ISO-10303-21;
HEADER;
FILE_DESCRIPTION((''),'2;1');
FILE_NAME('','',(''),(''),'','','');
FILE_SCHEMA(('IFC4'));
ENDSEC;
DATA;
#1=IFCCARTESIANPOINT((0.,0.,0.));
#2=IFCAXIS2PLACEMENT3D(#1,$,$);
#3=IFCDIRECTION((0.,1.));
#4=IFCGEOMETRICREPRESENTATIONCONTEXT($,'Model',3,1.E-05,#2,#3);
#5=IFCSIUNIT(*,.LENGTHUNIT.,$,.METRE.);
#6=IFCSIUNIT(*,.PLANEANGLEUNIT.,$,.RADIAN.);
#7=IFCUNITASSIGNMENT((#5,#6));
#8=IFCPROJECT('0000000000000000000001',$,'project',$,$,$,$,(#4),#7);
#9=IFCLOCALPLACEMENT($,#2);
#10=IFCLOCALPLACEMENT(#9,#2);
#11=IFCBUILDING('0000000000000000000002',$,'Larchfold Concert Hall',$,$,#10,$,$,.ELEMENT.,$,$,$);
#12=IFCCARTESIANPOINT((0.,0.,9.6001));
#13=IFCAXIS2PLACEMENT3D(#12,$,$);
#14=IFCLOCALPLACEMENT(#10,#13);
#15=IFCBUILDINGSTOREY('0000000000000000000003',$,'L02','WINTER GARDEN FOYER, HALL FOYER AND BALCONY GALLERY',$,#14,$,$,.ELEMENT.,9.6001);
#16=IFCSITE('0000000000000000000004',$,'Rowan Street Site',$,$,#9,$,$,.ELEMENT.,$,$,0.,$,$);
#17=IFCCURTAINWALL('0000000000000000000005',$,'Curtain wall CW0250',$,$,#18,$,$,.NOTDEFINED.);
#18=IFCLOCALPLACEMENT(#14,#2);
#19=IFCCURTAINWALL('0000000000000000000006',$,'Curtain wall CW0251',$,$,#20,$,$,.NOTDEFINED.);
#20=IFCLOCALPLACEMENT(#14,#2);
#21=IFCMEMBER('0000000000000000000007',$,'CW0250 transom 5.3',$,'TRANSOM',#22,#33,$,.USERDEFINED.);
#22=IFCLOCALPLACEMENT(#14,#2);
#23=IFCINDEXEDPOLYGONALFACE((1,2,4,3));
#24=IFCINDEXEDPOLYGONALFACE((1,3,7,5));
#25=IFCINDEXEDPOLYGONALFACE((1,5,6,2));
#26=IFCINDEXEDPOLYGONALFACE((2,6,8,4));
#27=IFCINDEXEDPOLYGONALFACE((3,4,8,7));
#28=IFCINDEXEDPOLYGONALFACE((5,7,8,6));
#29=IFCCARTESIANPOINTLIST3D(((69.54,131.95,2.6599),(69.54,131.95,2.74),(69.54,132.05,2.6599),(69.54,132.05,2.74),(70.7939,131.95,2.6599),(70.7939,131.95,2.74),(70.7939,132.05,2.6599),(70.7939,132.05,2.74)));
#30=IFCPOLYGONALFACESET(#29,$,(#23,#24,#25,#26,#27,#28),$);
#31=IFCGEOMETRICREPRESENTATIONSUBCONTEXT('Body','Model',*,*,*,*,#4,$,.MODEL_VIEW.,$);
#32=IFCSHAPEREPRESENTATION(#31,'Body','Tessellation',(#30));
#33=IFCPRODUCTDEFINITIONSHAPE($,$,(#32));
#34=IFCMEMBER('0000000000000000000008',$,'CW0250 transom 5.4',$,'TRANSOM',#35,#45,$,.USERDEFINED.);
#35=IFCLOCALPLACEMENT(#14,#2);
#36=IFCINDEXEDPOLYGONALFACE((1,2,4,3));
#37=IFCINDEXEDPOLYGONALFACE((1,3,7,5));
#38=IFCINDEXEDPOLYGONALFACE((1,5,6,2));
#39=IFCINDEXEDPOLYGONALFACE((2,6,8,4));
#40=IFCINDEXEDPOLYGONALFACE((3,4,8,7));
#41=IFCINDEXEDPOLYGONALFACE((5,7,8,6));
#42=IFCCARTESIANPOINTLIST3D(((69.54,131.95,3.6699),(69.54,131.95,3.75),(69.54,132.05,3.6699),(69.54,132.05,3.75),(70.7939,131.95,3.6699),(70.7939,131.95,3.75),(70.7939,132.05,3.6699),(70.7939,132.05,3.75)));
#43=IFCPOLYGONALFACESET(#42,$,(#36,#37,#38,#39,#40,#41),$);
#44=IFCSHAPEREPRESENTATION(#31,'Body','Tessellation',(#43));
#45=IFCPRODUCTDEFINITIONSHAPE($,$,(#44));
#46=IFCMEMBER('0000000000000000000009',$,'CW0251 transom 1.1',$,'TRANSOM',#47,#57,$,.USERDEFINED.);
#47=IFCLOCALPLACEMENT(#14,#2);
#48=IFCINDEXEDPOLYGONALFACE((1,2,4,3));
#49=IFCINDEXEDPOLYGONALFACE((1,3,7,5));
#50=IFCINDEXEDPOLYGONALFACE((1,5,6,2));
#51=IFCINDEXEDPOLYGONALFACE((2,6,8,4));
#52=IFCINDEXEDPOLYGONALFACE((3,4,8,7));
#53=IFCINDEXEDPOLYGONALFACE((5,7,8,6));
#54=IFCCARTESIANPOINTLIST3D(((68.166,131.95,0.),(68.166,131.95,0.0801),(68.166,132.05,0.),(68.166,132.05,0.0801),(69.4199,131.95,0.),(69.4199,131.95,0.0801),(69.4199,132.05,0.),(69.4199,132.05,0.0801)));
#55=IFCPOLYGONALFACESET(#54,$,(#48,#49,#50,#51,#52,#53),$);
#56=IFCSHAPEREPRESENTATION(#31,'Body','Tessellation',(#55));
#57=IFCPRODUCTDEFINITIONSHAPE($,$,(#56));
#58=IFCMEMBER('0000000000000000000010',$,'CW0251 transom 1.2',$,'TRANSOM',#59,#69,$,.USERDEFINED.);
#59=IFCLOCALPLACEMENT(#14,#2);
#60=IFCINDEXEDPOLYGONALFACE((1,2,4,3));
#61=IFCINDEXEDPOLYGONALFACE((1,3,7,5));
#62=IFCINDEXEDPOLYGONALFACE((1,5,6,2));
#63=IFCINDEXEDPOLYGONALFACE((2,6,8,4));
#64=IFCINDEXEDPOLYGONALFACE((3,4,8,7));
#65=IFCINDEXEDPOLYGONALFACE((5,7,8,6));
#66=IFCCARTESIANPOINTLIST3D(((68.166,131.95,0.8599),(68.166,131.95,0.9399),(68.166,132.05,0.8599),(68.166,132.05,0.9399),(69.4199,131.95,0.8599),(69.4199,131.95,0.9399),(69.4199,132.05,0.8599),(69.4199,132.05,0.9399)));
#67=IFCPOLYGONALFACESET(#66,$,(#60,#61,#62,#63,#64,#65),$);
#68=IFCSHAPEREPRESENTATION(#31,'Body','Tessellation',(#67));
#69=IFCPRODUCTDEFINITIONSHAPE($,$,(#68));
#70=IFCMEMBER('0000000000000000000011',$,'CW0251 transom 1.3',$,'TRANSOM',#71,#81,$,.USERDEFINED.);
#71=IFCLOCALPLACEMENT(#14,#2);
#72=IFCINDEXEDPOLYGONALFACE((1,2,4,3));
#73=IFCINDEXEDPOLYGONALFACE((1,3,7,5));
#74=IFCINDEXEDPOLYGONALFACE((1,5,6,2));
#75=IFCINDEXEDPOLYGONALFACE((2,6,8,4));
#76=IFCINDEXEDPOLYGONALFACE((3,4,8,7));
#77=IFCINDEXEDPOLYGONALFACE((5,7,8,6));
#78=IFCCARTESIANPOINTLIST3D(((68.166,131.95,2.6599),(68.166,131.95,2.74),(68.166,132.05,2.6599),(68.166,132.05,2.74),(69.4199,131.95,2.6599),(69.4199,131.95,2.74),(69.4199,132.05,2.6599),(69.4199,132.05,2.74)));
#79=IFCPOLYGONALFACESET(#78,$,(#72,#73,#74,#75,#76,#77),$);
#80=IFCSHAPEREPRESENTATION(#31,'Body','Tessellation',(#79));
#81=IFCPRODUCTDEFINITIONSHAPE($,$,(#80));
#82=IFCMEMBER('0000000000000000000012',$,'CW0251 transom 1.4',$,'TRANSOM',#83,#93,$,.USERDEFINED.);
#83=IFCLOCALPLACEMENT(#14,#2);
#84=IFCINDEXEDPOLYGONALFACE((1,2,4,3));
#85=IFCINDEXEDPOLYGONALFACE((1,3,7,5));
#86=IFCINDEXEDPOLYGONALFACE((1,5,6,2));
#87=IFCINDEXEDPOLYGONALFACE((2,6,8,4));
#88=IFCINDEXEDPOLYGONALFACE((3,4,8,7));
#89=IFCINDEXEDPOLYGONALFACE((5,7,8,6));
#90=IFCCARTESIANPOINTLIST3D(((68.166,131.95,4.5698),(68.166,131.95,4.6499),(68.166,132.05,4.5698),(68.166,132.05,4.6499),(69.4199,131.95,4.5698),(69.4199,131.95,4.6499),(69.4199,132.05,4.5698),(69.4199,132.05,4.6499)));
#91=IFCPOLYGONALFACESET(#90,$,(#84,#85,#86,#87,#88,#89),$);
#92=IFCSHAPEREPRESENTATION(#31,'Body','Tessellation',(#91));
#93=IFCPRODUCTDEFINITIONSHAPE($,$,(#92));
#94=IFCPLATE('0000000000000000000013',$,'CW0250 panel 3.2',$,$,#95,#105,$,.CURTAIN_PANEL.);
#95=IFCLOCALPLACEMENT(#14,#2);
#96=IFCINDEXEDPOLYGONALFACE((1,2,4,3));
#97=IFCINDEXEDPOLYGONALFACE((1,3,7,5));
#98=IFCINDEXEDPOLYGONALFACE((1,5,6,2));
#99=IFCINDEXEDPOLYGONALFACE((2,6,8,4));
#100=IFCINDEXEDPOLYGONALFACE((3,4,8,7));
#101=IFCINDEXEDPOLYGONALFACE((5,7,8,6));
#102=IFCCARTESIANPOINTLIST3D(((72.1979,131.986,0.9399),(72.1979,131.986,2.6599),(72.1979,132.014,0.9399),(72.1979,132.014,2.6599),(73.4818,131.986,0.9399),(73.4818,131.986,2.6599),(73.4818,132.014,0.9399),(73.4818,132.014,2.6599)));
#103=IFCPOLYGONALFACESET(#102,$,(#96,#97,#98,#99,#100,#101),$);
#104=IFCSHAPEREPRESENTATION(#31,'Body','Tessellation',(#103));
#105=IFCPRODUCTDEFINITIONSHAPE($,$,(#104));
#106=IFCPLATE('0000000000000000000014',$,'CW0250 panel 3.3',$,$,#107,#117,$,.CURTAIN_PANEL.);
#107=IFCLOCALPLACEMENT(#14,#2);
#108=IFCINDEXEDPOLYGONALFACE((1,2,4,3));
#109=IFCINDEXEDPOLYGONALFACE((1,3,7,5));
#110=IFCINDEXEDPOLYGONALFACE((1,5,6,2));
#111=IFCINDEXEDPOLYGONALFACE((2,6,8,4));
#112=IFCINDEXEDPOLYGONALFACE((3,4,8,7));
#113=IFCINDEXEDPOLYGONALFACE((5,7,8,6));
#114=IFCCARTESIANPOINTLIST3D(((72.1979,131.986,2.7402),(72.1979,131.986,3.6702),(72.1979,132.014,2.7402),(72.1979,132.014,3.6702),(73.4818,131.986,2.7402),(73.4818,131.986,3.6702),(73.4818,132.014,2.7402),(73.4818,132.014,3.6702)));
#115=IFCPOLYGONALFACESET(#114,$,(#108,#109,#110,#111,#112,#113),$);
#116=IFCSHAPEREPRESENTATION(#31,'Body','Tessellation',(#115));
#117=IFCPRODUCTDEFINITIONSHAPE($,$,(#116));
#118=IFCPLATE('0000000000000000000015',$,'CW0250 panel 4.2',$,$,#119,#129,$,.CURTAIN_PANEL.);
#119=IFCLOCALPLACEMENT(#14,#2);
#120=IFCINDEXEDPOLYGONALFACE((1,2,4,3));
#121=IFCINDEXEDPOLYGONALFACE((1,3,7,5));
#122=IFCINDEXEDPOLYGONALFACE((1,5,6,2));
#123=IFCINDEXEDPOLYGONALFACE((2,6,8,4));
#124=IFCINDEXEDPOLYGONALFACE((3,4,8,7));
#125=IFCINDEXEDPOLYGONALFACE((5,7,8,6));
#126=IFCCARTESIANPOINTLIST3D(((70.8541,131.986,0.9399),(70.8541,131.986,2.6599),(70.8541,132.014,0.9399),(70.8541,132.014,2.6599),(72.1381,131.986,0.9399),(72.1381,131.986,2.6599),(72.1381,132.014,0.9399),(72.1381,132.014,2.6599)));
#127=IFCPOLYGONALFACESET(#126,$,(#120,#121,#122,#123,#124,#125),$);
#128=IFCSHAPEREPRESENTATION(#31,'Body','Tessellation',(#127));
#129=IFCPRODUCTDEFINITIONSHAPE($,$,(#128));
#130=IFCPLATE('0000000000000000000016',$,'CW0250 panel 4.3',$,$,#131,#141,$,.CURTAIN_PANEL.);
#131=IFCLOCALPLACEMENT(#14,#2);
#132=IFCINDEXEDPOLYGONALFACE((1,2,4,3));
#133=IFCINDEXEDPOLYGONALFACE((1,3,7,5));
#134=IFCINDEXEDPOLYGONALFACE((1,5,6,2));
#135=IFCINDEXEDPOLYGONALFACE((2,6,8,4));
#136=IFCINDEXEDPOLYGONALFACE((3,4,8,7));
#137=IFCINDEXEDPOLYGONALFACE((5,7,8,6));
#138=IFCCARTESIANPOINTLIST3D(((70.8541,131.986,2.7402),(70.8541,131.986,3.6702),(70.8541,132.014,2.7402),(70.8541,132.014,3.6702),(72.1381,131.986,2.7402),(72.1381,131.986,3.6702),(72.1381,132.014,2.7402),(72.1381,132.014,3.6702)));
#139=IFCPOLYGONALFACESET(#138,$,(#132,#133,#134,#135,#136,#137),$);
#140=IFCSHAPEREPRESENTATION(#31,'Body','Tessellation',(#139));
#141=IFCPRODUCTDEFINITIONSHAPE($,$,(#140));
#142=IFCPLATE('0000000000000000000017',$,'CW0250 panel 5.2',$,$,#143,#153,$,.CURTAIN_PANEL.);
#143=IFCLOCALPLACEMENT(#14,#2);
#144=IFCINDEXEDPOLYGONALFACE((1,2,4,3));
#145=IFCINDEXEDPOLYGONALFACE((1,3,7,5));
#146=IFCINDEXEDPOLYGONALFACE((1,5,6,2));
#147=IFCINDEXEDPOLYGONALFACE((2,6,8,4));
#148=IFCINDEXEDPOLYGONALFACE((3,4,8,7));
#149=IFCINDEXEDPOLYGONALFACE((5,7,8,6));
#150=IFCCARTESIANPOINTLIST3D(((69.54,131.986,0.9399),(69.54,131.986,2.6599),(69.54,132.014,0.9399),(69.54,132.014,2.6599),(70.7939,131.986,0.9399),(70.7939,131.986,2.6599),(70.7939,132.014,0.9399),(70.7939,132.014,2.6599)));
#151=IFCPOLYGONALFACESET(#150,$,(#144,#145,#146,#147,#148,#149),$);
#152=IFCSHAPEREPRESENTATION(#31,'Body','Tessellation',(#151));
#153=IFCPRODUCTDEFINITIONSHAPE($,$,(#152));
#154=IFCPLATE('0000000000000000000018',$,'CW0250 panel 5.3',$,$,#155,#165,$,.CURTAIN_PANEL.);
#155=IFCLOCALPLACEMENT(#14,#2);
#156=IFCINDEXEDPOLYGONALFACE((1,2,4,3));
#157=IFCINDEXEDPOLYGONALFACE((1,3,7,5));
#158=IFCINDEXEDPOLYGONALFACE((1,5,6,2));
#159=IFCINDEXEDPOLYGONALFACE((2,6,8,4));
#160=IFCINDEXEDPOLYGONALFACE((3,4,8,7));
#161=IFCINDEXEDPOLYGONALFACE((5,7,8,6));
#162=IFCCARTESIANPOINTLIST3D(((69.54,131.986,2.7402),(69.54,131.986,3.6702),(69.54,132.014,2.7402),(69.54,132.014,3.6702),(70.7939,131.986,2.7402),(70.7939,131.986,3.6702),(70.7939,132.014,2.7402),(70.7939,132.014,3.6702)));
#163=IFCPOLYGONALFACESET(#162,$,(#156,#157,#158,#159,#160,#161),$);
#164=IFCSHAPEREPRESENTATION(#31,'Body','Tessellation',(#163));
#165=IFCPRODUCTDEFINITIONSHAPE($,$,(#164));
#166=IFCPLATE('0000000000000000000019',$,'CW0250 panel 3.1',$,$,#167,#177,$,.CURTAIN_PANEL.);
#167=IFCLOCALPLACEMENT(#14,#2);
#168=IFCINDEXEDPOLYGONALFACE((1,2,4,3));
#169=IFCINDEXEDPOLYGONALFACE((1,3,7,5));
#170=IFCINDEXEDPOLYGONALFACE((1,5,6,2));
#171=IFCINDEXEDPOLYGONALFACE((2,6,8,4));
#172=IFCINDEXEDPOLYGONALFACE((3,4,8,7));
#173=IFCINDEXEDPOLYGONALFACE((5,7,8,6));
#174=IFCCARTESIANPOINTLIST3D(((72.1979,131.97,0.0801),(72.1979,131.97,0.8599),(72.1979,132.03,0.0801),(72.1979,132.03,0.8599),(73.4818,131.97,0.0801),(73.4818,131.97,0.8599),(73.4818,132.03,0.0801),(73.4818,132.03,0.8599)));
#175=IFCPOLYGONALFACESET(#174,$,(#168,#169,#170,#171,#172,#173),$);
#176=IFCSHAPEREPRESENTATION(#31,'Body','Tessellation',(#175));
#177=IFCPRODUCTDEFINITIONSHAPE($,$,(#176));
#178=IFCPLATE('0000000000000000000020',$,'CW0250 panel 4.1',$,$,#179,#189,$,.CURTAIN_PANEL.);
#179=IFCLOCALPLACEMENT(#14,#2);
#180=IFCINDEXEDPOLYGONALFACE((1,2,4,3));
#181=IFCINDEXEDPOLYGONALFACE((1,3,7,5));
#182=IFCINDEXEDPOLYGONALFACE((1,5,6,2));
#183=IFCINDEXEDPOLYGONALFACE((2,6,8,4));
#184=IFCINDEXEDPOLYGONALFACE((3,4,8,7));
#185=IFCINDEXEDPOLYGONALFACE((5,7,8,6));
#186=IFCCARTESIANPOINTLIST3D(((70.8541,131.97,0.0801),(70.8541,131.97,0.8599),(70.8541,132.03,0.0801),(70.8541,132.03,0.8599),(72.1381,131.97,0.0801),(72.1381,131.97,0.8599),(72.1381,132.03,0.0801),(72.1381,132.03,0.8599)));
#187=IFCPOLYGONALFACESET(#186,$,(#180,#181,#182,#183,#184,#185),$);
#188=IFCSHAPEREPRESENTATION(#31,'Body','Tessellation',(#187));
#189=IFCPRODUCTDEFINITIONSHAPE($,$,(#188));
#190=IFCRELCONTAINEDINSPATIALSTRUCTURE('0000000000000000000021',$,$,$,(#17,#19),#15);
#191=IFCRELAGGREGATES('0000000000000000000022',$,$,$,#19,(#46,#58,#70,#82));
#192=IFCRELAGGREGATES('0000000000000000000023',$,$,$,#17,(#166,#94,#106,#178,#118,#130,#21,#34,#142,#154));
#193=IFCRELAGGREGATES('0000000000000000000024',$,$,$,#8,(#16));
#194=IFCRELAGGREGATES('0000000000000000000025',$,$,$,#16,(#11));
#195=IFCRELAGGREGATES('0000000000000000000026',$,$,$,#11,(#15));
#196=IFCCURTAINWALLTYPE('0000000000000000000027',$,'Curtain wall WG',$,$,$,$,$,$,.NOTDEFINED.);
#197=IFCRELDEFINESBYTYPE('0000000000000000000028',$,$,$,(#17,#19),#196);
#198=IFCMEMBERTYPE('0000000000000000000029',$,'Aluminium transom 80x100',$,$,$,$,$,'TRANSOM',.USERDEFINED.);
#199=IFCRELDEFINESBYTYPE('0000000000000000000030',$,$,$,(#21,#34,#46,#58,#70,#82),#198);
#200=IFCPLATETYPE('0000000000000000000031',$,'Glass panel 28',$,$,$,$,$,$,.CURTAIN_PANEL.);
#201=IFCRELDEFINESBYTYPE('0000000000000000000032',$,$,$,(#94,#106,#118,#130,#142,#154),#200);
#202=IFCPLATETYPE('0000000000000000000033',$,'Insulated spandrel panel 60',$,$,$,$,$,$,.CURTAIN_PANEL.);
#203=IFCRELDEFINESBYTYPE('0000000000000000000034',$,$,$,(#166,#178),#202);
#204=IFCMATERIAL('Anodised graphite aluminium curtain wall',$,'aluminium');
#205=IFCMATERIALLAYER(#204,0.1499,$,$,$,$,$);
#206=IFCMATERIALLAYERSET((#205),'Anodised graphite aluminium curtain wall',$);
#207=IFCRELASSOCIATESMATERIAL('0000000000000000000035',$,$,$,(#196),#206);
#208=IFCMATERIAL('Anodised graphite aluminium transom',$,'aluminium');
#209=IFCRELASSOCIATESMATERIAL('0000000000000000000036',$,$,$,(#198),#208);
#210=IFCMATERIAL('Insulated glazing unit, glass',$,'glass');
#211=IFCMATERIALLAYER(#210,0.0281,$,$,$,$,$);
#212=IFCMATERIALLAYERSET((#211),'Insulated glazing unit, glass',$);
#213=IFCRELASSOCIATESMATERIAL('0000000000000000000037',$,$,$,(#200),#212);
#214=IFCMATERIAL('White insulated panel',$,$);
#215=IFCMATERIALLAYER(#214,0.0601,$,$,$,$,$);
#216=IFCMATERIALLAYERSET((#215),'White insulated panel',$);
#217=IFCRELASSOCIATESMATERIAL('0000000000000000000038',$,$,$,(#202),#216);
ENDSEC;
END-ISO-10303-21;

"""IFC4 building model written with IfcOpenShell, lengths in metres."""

from ifc_helpers import new_model, si_unit, direction, frame, origin, origin_2d, place, context, subcontext, project, spatial, rectangle, extrude, material, layer, layer_set, material_profile, profile_set, type_object, element, aggregate, save


model = new_model("IFC4")

# Units and contexts
model_context = context("Model", 3, precision=1e-05, world=origin(), true_north=direction((0.0, 1.0)))
body_context = subcontext(model_context, "Body", "Model", "MODEL_VIEW")
ifc_project = project(units=[si_unit("LENGTHUNIT", "METRE"), si_unit("PLANEANGLEUNIT", "RADIAN")], contexts=[model_context])

# Site, building, storey
site_placement = place(None, origin())
site = spatial("IfcSite", under=ifc_project, at=site_placement, Name="Rowan Street Site", CompositionType="ELEMENT", RefElevation=0.0)
building_placement = place(site_placement, origin())
building = spatial("IfcBuilding", under=site, at=building_placement, Name="Larchfold Concert Hall", CompositionType="ELEMENT")
storey_placement = place(building_placement, frame((0.0, 0.0, 9.6001)))
storey = spatial("IfcBuildingStorey", under=building, at=storey_placement, Name="L02", Description="WINTER GARDEN FOYER, HALL FOYER AND BALCONY GALLERY", CompositionType="ELEMENT", Elevation=9.6001)

# Curtain wall
ifc_material_1 = material(Name="Anodised graphite aluminium curtain wall", Category="aluminium")
ifc_layer_1 = layer(ifc_material_1, 0.1499)
ifc_layer_set_1 = layer_set([ifc_layer_1], Name="Anodised graphite aluminium curtain wall")
curtain_wall_type = type_object("IfcCurtainWallType", Name="Curtain wall WG", PredefinedType="NOTDEFINED", material=ifc_layer_set_1)
curtain_wall_1_placement = place(storey_placement, origin())
curtain_wall_1 = element("IfcCurtainWall", 1, at=curtain_wall_1_placement, inside=storey, type_object=curtain_wall_type, Name="Curtain wall CW0250", PredefinedType="NOTDEFINED")

# Curtain wall
curtain_wall_2_placement = place(storey_placement, origin())
curtain_wall_2 = element("IfcCurtainWall", 2, at=curtain_wall_2_placement, inside=storey, type_object=curtain_wall_type, Name="Curtain wall CW0251", PredefinedType="NOTDEFINED")

# Members
ifc_material_2 = material(Name="Anodised graphite aluminium transom", Category="aluminium")
ifc_material_profile_1 = material_profile(ifc_material_2, rectangle(XDim=0.1001, YDim=0.0801, at=origin_2d()))
ifc_profile_set_1 = profile_set([ifc_material_profile_1], Name="Anodised graphite aluminium transom")
member_type_1 = type_object("IfcMemberType", Name="Aluminium transom 80x100", ElementType="TRANSOM", PredefinedType="USERDEFINED", material=ifc_profile_set_1)
member_1_placement = place(storey_placement, frame((70.7939, 132.0, 2.7), z_axis=(-1.0, 0.0, 0.0), x_axis=(0.0, -1.0, 0.0)))
member_1 = element("IfcMember", 3, at=member_1_placement, type_object=member_type_1, Name="CW0250 transom 5.3", ObjectType="TRANSOM", PredefinedType="USERDEFINED", context=body_context, shape_type="SweptSolid", body=[
    extrude(rectangle(XDim=0.1001, YDim=0.0801, at=origin_2d()), origin(), (0.0, 0.0, 1.0), 1.2539),
])
member_2_placement = place(storey_placement, frame((70.7939, 132.0, 3.71), z_axis=(-1.0, 0.0, 0.0), x_axis=(0.0, -1.0, 0.0)))
member_2 = element("IfcMember", 4, at=member_2_placement, type_object=member_type_1, Name="CW0250 transom 5.4", ObjectType="TRANSOM", PredefinedType="USERDEFINED", context=body_context, shape_type="SweptSolid", body=[
    extrude(rectangle(XDim=0.1001, YDim=0.0801, at=origin_2d()), origin(), (0.0, 0.0, 1.0), 1.2539),
])
member_3_placement = place(storey_placement, frame((69.4199, 132.0, 0.04), z_axis=(-1.0, 0.0, 0.0), x_axis=(0.0, -1.0, 0.0)))
member_3 = element("IfcMember", 5, at=member_3_placement, type_object=member_type_1, Name="CW0251 transom 1.1", ObjectType="TRANSOM", PredefinedType="USERDEFINED", context=body_context, shape_type="SweptSolid", body=[
    extrude(rectangle(XDim=0.1001, YDim=0.0801, at=origin_2d()), origin(), (0.0, 0.0, 1.0), 1.2539),
])
member_4_placement = place(storey_placement, frame((69.4199, 132.0, 0.8999), z_axis=(-1.0, 0.0, 0.0), x_axis=(0.0, -1.0, 0.0)))
member_4 = element("IfcMember", 6, at=member_4_placement, type_object=member_type_1, Name="CW0251 transom 1.2", ObjectType="TRANSOM", PredefinedType="USERDEFINED", context=body_context, shape_type="SweptSolid", body=[
    extrude(rectangle(XDim=0.1001, YDim=0.0801, at=origin_2d()), origin(), (0.0, 0.0, 1.0), 1.2539),
])
member_5_placement = place(storey_placement, frame((69.4199, 132.0, 2.7), z_axis=(-1.0, 0.0, 0.0), x_axis=(0.0, -1.0, 0.0)))
member_5 = element("IfcMember", 7, at=member_5_placement, type_object=member_type_1, Name="CW0251 transom 1.3", ObjectType="TRANSOM", PredefinedType="USERDEFINED", context=body_context, shape_type="SweptSolid", body=[
    extrude(rectangle(XDim=0.1001, YDim=0.0801, at=origin_2d()), origin(), (0.0, 0.0, 1.0), 1.2539),
])
member_6_placement = place(storey_placement, frame((69.4199, 132.0, 4.6099), z_axis=(-1.0, 0.0, 0.0), x_axis=(0.0, -1.0, 0.0)))
member_6 = element("IfcMember", 8, at=member_6_placement, type_object=member_type_1, Name="CW0251 transom 1.4", ObjectType="TRANSOM", PredefinedType="USERDEFINED", context=body_context, shape_type="SweptSolid", body=[
    extrude(rectangle(XDim=0.1001, YDim=0.0801, at=origin_2d()), origin(), (0.0, 0.0, 1.0), 1.2539),
])
aggregate(curtain_wall_2, [member_3, member_4, member_5, member_6])

# Plates
ifc_material_3 = material(Name="Insulated glazing unit, glass", Category="glass")
ifc_layer_2 = layer(ifc_material_3, 0.0281)
ifc_layer_set_2 = layer_set([ifc_layer_2], Name="Insulated glazing unit, glass")
plate_type_1 = type_object("IfcPlateType", Name="Glass panel 28", PredefinedType="CURTAIN_PANEL", material=ifc_layer_set_2)
plate_1_placement = place(storey_placement, frame((72.8398, 132.0, 0.9399), z_axis=(0.0, 0.0, 1.0), x_axis=(-1.0, 0.0, 0.0)))
plate_1 = element("IfcPlate", 9, at=plate_1_placement, type_object=plate_type_1, Name="CW0250 panel 3.2", PredefinedType="CURTAIN_PANEL", context=body_context, shape_type="SweptSolid", body=[
    extrude(rectangle(XDim=1.2839, YDim=0.0281, at=origin_2d()), origin(), (0.0, 0.0, 1.0), 1.72),
])
plate_2_placement = place(storey_placement, frame((72.8398, 132.0, 2.7402), z_axis=(0.0, 0.0, 1.0), x_axis=(-1.0, 0.0, 0.0)))
plate_2 = element("IfcPlate", 10, at=plate_2_placement, type_object=plate_type_1, Name="CW0250 panel 3.3", PredefinedType="CURTAIN_PANEL", context=body_context, shape_type="SweptSolid", body=[
    extrude(rectangle(XDim=1.2839, YDim=0.0281, at=origin_2d()), origin(), (0.0, 0.0, 1.0), 0.9299),
])
plate_3_placement = place(storey_placement, frame((71.4961, 132.0, 0.9399), z_axis=(0.0, 0.0, 1.0), x_axis=(-1.0, 0.0, 0.0)))
plate_3 = element("IfcPlate", 11, at=plate_3_placement, type_object=plate_type_1, Name="CW0250 panel 4.2", PredefinedType="CURTAIN_PANEL", context=body_context, shape_type="SweptSolid", body=[
    extrude(rectangle(XDim=1.2839, YDim=0.0281, at=origin_2d()), origin(), (0.0, 0.0, 1.0), 1.72),
])
plate_4_placement = place(storey_placement, frame((71.4961, 132.0, 2.7402), z_axis=(0.0, 0.0, 1.0), x_axis=(-1.0, 0.0, 0.0)))
plate_4 = element("IfcPlate", 12, at=plate_4_placement, type_object=plate_type_1, Name="CW0250 panel 4.3", PredefinedType="CURTAIN_PANEL", context=body_context, shape_type="SweptSolid", body=[
    extrude(rectangle(XDim=1.2839, YDim=0.0281, at=origin_2d()), origin(), (0.0, 0.0, 1.0), 0.9299),
])
plate_5_placement = place(storey_placement, frame((70.167, 132.0, 0.9399), z_axis=(0.0, 0.0, 1.0), x_axis=(-1.0, 0.0, 0.0)))
plate_5 = element("IfcPlate", 13, at=plate_5_placement, type_object=plate_type_1, Name="CW0250 panel 5.2", PredefinedType="CURTAIN_PANEL", context=body_context, shape_type="SweptSolid", body=[
    extrude(rectangle(XDim=1.2539, YDim=0.0281, at=origin_2d()), origin(), (0.0, 0.0, 1.0), 1.72),
])
plate_6_placement = place(storey_placement, frame((70.167, 132.0, 2.7402), z_axis=(0.0, 0.0, 1.0), x_axis=(-1.0, 0.0, 0.0)))
plate_6 = element("IfcPlate", 14, at=plate_6_placement, type_object=plate_type_1, Name="CW0250 panel 5.3", PredefinedType="CURTAIN_PANEL", context=body_context, shape_type="SweptSolid", body=[
    extrude(rectangle(XDim=1.2539, YDim=0.0281, at=origin_2d()), origin(), (0.0, 0.0, 1.0), 0.9299),
])
ifc_material_4 = material(Name="White insulated panel")
ifc_layer_3 = layer(ifc_material_4, 0.0601)
ifc_layer_set_3 = layer_set([ifc_layer_3], Name="White insulated panel")
plate_type_2 = type_object("IfcPlateType", Name="Insulated spandrel panel 60", PredefinedType="CURTAIN_PANEL", material=ifc_layer_set_3)
plate_7_placement = place(storey_placement, frame((72.8398, 132.0, 0.0801), z_axis=(0.0, 0.0, 1.0), x_axis=(-1.0, 0.0, 0.0)))
plate_7 = element("IfcPlate", 15, at=plate_7_placement, type_object=plate_type_2, Name="CW0250 panel 3.1", PredefinedType="CURTAIN_PANEL", context=body_context, shape_type="SweptSolid", body=[
    extrude(rectangle(XDim=1.2839, YDim=0.0601, at=origin_2d()), origin(), (0.0, 0.0, 1.0), 0.7798),
])
plate_8_placement = place(storey_placement, frame((71.4961, 132.0, 0.0801), z_axis=(0.0, 0.0, 1.0), x_axis=(-1.0, 0.0, 0.0)))
plate_8 = element("IfcPlate", 16, at=plate_8_placement, type_object=plate_type_2, Name="CW0250 panel 4.1", PredefinedType="CURTAIN_PANEL", context=body_context, shape_type="SweptSolid", body=[
    extrude(rectangle(XDim=1.2839, YDim=0.0601, at=origin_2d()), origin(), (0.0, 0.0, 1.0), 0.7798),
])
aggregate(curtain_wall_1, [plate_7, plate_1, plate_2, plate_8, plate_3, plate_4, member_1, member_2, plate_5, plate_6])

save(model, "model.ifc")
